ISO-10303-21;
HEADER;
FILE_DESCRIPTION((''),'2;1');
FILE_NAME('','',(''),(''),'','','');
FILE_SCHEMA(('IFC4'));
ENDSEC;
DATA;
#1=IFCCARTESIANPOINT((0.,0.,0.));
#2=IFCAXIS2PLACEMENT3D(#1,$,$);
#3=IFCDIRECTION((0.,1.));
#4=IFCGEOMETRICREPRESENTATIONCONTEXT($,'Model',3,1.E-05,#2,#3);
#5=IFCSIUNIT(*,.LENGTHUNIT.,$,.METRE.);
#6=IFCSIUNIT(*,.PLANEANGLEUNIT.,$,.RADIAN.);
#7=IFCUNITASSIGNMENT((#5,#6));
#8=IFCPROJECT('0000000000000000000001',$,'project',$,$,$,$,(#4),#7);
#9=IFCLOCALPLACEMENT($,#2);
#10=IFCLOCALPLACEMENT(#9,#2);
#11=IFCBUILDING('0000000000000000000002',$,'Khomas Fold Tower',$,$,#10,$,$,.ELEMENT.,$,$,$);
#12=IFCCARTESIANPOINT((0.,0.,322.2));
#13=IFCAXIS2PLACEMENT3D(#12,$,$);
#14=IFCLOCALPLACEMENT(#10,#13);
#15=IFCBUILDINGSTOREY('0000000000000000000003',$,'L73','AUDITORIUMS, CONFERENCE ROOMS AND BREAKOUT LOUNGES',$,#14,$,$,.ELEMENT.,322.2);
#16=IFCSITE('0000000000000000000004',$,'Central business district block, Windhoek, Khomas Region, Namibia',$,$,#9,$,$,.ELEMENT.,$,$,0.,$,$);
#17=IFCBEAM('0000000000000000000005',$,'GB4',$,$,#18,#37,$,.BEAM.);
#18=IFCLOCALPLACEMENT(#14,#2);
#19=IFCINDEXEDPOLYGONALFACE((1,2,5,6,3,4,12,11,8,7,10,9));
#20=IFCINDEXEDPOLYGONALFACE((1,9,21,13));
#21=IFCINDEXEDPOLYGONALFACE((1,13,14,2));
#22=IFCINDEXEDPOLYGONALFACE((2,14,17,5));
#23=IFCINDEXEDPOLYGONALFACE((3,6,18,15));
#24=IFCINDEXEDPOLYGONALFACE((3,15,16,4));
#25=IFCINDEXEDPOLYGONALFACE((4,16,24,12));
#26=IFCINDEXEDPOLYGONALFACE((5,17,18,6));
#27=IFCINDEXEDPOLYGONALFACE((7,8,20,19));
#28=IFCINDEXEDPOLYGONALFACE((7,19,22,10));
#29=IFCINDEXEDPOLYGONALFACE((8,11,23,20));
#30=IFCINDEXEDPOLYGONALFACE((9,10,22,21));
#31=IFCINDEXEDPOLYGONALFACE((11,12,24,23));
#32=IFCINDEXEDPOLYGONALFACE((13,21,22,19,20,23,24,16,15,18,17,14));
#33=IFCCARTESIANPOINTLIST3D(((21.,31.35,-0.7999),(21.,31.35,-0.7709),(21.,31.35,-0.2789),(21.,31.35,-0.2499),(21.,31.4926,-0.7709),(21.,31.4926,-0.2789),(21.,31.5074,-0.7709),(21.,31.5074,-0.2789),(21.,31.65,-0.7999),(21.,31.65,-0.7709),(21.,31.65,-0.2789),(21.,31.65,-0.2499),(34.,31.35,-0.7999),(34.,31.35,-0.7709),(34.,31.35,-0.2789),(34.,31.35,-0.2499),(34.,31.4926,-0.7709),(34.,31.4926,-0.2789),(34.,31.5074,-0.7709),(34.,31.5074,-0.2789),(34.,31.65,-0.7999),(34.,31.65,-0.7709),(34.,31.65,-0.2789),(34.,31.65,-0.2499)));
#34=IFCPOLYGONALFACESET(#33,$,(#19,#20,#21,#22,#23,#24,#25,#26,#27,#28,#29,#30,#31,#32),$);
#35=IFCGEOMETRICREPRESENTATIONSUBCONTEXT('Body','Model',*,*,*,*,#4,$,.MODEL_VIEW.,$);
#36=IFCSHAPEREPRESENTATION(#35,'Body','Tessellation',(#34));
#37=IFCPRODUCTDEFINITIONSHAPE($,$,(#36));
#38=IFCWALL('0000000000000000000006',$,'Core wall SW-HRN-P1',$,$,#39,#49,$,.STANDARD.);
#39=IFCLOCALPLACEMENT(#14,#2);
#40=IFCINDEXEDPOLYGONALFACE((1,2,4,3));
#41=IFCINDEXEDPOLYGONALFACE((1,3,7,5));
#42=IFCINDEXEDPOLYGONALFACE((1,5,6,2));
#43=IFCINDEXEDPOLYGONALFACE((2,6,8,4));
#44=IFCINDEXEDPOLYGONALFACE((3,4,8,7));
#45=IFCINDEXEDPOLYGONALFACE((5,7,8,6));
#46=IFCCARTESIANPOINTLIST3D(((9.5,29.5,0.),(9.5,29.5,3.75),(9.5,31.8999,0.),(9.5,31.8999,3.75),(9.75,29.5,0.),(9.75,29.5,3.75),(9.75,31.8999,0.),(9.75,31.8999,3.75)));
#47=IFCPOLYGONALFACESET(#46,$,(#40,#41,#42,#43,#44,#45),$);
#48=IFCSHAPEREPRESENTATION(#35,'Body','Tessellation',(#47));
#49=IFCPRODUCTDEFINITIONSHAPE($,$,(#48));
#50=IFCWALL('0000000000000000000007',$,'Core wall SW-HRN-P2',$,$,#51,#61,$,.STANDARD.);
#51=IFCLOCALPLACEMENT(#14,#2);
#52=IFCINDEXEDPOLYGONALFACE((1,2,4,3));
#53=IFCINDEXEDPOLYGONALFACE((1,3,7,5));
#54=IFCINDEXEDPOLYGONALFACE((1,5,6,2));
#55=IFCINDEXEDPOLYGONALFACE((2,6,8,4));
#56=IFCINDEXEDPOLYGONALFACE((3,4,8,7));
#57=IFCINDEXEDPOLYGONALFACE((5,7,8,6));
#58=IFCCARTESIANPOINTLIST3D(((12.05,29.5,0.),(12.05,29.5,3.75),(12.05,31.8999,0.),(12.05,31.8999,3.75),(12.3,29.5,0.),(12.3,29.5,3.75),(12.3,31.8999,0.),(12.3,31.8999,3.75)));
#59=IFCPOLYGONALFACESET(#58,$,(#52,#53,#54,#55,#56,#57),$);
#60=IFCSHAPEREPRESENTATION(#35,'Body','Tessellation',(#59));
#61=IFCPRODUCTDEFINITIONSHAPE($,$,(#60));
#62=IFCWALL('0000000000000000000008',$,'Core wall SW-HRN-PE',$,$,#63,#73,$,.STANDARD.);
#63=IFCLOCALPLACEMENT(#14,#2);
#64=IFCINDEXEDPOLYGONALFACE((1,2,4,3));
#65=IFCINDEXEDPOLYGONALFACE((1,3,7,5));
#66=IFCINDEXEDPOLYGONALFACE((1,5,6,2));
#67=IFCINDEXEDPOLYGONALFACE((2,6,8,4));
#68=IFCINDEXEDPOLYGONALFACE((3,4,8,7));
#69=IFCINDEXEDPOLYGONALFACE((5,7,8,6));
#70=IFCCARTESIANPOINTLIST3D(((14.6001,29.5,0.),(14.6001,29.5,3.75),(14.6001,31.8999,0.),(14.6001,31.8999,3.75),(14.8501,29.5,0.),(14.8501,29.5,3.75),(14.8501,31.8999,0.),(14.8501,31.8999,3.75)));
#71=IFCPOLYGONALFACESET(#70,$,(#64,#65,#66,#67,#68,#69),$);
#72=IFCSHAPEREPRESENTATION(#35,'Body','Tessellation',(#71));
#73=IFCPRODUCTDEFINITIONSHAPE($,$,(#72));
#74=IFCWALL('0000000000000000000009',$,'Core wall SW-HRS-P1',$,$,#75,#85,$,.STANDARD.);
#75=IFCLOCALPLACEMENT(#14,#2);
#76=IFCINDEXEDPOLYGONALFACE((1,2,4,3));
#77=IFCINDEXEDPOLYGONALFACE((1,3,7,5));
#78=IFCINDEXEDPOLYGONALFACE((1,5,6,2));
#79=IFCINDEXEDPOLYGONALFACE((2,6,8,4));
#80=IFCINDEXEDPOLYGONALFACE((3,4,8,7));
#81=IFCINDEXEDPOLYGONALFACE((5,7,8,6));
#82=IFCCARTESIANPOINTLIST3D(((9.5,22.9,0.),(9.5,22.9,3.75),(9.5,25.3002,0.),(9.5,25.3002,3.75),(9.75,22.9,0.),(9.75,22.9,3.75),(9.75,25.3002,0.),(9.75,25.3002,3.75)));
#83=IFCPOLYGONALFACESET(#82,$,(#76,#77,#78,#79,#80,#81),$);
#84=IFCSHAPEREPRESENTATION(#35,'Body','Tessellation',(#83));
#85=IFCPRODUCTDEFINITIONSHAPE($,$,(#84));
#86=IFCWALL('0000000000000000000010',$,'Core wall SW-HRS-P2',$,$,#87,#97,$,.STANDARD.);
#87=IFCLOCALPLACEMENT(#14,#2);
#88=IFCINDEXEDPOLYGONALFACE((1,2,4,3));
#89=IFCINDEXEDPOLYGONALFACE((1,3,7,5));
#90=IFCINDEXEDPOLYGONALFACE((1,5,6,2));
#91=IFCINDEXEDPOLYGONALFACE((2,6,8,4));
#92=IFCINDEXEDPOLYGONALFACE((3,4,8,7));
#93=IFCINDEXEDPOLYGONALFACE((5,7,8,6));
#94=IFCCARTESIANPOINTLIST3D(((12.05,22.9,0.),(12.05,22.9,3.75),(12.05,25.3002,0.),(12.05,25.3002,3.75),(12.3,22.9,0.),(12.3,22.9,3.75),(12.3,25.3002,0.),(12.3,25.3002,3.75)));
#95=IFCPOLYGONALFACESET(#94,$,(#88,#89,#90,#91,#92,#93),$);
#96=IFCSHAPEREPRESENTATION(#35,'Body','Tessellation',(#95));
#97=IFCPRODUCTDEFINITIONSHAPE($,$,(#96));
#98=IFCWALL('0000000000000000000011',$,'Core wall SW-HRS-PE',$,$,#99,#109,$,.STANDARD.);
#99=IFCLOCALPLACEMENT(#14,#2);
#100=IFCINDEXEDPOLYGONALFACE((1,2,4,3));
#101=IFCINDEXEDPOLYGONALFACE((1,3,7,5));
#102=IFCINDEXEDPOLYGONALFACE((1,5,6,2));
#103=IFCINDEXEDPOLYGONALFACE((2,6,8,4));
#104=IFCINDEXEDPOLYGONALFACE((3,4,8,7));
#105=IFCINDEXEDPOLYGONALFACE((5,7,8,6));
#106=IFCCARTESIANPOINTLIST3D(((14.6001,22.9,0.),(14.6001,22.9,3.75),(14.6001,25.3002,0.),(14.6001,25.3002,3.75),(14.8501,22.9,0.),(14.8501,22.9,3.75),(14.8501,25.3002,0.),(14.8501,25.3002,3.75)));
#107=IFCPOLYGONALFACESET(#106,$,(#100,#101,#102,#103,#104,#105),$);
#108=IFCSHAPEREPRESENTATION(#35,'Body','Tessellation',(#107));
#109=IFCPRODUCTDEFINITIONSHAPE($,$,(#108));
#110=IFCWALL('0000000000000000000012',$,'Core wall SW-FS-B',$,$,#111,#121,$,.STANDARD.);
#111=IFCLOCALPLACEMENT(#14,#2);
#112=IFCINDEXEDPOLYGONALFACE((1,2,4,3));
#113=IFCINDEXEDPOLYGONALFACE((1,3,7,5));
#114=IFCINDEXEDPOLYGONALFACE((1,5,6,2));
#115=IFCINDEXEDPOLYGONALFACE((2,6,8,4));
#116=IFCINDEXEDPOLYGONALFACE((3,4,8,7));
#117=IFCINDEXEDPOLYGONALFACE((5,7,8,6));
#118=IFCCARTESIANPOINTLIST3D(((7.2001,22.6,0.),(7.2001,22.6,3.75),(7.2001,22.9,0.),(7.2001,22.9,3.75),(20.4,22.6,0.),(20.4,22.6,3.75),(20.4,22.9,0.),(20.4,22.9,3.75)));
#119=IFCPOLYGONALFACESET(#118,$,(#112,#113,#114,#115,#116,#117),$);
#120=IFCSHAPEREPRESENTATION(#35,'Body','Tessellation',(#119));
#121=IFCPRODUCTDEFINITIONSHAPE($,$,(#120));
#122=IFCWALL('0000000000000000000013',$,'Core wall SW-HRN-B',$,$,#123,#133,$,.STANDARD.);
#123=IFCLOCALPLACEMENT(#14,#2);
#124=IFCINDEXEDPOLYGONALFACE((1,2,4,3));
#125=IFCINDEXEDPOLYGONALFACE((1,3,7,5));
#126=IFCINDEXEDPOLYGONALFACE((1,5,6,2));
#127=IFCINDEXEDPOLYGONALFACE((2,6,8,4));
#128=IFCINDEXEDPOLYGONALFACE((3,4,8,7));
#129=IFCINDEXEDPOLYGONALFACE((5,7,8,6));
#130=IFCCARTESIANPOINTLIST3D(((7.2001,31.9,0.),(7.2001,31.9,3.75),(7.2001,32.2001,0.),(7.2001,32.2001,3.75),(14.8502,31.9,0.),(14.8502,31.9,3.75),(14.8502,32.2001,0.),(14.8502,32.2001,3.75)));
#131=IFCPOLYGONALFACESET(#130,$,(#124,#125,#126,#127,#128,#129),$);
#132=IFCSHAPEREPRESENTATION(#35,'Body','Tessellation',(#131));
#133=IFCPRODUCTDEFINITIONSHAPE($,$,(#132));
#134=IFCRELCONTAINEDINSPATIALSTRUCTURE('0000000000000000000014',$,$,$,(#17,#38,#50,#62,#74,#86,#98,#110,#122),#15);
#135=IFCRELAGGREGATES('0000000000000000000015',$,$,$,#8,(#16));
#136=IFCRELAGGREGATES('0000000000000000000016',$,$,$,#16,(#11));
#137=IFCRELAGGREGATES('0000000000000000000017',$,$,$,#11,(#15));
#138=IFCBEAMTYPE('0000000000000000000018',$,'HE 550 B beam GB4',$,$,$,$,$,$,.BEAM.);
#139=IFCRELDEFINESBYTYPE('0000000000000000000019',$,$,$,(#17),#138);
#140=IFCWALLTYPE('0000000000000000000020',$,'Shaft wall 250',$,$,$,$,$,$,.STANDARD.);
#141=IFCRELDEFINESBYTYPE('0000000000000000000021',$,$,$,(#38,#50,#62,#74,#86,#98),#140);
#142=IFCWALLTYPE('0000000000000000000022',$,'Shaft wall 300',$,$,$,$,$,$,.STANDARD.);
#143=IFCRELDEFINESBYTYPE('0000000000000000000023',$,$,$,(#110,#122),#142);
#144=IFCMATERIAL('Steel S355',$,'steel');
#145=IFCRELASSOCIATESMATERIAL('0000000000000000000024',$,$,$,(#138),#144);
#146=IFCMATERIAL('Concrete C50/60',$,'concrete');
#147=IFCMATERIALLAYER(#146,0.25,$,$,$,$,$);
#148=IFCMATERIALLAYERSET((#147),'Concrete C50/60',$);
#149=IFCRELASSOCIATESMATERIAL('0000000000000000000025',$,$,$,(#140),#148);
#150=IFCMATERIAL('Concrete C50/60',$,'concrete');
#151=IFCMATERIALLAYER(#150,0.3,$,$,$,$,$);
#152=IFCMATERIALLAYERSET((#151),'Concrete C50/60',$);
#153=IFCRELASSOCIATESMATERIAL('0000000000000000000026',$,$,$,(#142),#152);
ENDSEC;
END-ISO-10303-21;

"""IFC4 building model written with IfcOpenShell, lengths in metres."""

from ifc_helpers import new_model, si_unit, direction, frame, frame_2d, origin, origin_2d, place, context, subcontext, project, spatial, rectangle, i_section, extrude, source, transform, mapped, material, layer, layer_set, material_profile, profile_set, type_object, element, save


model = new_model("IFC4")

# Units and contexts
model_context = context("Model", 3, precision=1e-05, world=origin(), true_north=direction((0.0, 1.0)))
body_context = subcontext(model_context, "Body", "Model", "MODEL_VIEW")
ifc_project = project(units=[si_unit("LENGTHUNIT", "METRE"), si_unit("PLANEANGLEUNIT", "RADIAN")], contexts=[model_context])

# Site, building, storey
site_placement = place(None, origin())
site = spatial("IfcSite", under=ifc_project, at=site_placement, Name="Central business district block, Windhoek, Khomas Region, Namibia", CompositionType="ELEMENT", RefElevation=0.0)
building_placement = place(site_placement, origin())
building = spatial("IfcBuilding", under=site, at=building_placement, Name="Khomas Fold Tower", CompositionType="ELEMENT")
storey_placement = place(building_placement, frame((0.0, 0.0, 322.2)))
storey = spatial("IfcBuildingStorey", under=building, at=storey_placement, Name="L73", Description="AUDITORIUMS, CONFERENCE ROOMS AND BREAKOUT LOUNGES", CompositionType="ELEMENT", Elevation=322.2)

# Beam
ifc_material_1 = material(Name="Steel S355", Category="steel")
ifc_material_profile = material_profile(ifc_material_1, i_section(OverallWidth=0.3, OverallDepth=0.55, WebThickness=0.0149, FlangeThickness=0.0291, at=origin_2d()), Name="HE 550 B")
ifc_profile_set = profile_set([ifc_material_profile], Name="Steel S355")
beam_type = type_object("IfcBeamType", Name="HE 550 B beam GB4", PredefinedType="BEAM", material=ifc_profile_set)
shared_shape_1 = source(origin(), body_context, "Body", "SweptSolid", [
    extrude(i_section(OverallWidth=0.3, OverallDepth=0.55, WebThickness=0.0149, FlangeThickness=0.0291, at=origin_2d()), origin(), (0.0, 0.0, 1.0), 13.0),
])
beam_placement = place(storey_placement, frame((21.0, 31.5, -0.5249), z_axis=(1.0, 0.0, 0.0), x_axis=(0.0, 1.0, 0.0)))
element("IfcBeam", 1, at=beam_placement, inside=storey, type_object=beam_type, Name="GB4", PredefinedType="BEAM", context=body_context, shape_type="MappedRepresentation", body=[
    mapped(shared_shape_1, transform((0.0, 0.0, 0.0))),
])

# Walls
ifc_material_2 = material(Name="Concrete C50/60", Category="concrete")
ifc_layer_1 = layer(ifc_material_2, 0.25)
ifc_layer_set_1 = layer_set([ifc_layer_1], Name="Concrete C50/60")
wall_type_1 = type_object("IfcWallType", Name="Shaft wall 250", PredefinedType="STANDARD", material=ifc_layer_set_1)
shared_shape_2 = source(origin(), body_context, "Body", "SweptSolid", [
    extrude(rectangle(XDim=2.3999, YDim=0.25, at=frame_2d((1.2, 0.0))), origin(), (0.0, 0.0, 1.0), 3.75),
])
for number, where, z_axis, x_axis, name in (
    (2, (9.625, 29.5, 0.0), (0.0, 0.0, 1.0), (0.0, 1.0, 0.0), "Core wall SW-HRN-P1"),
    (3, (12.175, 29.5, 0.0), (0.0, 0.0, 1.0), (0.0, 1.0, 0.0), "Core wall SW-HRN-P2"),
    (4, (14.7251, 29.5, 0.0), (0.0, 0.0, 1.0), (0.0, 1.0, 0.0), "Core wall SW-HRN-PE"),
):
    element("IfcWall", number, at=place(storey_placement, frame(where, z_axis=z_axis, x_axis=x_axis)), inside=storey, type_object=wall_type_1, Name=name, PredefinedType="STANDARD", context=body_context, shape_type="MappedRepresentation", body=[
        mapped(shared_shape_2, transform((0.0, 0.0, 0.0))),
    ])
shared_shape_3 = source(origin(), body_context, "Body", "SweptSolid", [
    extrude(rectangle(XDim=2.4001, YDim=0.25, at=frame_2d((1.2002, 0.0))), origin(), (0.0, 0.0, 1.0), 3.75),
])
for number, where, z_axis, x_axis, name in (
    (5, (9.625, 22.8999, 0.0), (0.0, 0.0, 1.0), (0.0, 1.0, 0.0), "Core wall SW-HRS-P1"),
    (6, (12.175, 22.8999, 0.0), (0.0, 0.0, 1.0), (0.0, 1.0, 0.0), "Core wall SW-HRS-P2"),
    (7, (14.7251, 22.8999, 0.0), (0.0, 0.0, 1.0), (0.0, 1.0, 0.0), "Core wall SW-HRS-PE"),
):
    element("IfcWall", number, at=place(storey_placement, frame(where, z_axis=z_axis, x_axis=x_axis)), inside=storey, type_object=wall_type_1, Name=name, PredefinedType="STANDARD", context=body_context, shape_type="MappedRepresentation", body=[
        mapped(shared_shape_3, transform((0.0, 0.0, 0.0))),
    ])
ifc_material_3 = material(Name="Concrete C50/60", Category="concrete")
ifc_layer_2 = layer(ifc_material_3, 0.3)
ifc_layer_set_2 = layer_set([ifc_layer_2], Name="Concrete C50/60")
wall_type_2 = type_object("IfcWallType", Name="Shaft wall 300", PredefinedType="STANDARD", material=ifc_layer_set_2)
shared_shape_4 = source(origin(), body_context, "Body", "SweptSolid", [
    extrude(rectangle(XDim=13.2, YDim=0.3, at=frame_2d((6.6001, 0.0))), origin(), (0.0, 0.0, 1.0), 3.75),
])
wall_1_placement = place(storey_placement, frame((7.2, 22.75, 0.0), z_axis=(0.0, 0.0, 1.0), x_axis=(1.0, 0.0, 0.0)))
element("IfcWall", 8, at=wall_1_placement, inside=storey, type_object=wall_type_2, Name="Core wall SW-FS-B", PredefinedType="STANDARD", context=body_context, shape_type="MappedRepresentation", body=[
    mapped(shared_shape_4, transform((0.0, 0.0, 0.0))),
])
shared_shape_5 = source(origin(), body_context, "Body", "SweptSolid", [
    extrude(rectangle(XDim=7.6501, YDim=0.3, at=frame_2d((3.8252, 0.0))), origin(), (0.0, 0.0, 1.0), 3.75),
])
wall_2_placement = place(storey_placement, frame((7.2, 32.05, 0.0), z_axis=(0.0, 0.0, 1.0), x_axis=(1.0, 0.0, 0.0)))
element("IfcWall", 9, at=wall_2_placement, inside=storey, type_object=wall_type_2, Name="Core wall SW-HRN-B", PredefinedType="STANDARD", context=body_context, shape_type="MappedRepresentation", body=[
    mapped(shared_shape_5, transform((0.0, 0.0, 0.0))),
])

save(model, "model.ifc")
